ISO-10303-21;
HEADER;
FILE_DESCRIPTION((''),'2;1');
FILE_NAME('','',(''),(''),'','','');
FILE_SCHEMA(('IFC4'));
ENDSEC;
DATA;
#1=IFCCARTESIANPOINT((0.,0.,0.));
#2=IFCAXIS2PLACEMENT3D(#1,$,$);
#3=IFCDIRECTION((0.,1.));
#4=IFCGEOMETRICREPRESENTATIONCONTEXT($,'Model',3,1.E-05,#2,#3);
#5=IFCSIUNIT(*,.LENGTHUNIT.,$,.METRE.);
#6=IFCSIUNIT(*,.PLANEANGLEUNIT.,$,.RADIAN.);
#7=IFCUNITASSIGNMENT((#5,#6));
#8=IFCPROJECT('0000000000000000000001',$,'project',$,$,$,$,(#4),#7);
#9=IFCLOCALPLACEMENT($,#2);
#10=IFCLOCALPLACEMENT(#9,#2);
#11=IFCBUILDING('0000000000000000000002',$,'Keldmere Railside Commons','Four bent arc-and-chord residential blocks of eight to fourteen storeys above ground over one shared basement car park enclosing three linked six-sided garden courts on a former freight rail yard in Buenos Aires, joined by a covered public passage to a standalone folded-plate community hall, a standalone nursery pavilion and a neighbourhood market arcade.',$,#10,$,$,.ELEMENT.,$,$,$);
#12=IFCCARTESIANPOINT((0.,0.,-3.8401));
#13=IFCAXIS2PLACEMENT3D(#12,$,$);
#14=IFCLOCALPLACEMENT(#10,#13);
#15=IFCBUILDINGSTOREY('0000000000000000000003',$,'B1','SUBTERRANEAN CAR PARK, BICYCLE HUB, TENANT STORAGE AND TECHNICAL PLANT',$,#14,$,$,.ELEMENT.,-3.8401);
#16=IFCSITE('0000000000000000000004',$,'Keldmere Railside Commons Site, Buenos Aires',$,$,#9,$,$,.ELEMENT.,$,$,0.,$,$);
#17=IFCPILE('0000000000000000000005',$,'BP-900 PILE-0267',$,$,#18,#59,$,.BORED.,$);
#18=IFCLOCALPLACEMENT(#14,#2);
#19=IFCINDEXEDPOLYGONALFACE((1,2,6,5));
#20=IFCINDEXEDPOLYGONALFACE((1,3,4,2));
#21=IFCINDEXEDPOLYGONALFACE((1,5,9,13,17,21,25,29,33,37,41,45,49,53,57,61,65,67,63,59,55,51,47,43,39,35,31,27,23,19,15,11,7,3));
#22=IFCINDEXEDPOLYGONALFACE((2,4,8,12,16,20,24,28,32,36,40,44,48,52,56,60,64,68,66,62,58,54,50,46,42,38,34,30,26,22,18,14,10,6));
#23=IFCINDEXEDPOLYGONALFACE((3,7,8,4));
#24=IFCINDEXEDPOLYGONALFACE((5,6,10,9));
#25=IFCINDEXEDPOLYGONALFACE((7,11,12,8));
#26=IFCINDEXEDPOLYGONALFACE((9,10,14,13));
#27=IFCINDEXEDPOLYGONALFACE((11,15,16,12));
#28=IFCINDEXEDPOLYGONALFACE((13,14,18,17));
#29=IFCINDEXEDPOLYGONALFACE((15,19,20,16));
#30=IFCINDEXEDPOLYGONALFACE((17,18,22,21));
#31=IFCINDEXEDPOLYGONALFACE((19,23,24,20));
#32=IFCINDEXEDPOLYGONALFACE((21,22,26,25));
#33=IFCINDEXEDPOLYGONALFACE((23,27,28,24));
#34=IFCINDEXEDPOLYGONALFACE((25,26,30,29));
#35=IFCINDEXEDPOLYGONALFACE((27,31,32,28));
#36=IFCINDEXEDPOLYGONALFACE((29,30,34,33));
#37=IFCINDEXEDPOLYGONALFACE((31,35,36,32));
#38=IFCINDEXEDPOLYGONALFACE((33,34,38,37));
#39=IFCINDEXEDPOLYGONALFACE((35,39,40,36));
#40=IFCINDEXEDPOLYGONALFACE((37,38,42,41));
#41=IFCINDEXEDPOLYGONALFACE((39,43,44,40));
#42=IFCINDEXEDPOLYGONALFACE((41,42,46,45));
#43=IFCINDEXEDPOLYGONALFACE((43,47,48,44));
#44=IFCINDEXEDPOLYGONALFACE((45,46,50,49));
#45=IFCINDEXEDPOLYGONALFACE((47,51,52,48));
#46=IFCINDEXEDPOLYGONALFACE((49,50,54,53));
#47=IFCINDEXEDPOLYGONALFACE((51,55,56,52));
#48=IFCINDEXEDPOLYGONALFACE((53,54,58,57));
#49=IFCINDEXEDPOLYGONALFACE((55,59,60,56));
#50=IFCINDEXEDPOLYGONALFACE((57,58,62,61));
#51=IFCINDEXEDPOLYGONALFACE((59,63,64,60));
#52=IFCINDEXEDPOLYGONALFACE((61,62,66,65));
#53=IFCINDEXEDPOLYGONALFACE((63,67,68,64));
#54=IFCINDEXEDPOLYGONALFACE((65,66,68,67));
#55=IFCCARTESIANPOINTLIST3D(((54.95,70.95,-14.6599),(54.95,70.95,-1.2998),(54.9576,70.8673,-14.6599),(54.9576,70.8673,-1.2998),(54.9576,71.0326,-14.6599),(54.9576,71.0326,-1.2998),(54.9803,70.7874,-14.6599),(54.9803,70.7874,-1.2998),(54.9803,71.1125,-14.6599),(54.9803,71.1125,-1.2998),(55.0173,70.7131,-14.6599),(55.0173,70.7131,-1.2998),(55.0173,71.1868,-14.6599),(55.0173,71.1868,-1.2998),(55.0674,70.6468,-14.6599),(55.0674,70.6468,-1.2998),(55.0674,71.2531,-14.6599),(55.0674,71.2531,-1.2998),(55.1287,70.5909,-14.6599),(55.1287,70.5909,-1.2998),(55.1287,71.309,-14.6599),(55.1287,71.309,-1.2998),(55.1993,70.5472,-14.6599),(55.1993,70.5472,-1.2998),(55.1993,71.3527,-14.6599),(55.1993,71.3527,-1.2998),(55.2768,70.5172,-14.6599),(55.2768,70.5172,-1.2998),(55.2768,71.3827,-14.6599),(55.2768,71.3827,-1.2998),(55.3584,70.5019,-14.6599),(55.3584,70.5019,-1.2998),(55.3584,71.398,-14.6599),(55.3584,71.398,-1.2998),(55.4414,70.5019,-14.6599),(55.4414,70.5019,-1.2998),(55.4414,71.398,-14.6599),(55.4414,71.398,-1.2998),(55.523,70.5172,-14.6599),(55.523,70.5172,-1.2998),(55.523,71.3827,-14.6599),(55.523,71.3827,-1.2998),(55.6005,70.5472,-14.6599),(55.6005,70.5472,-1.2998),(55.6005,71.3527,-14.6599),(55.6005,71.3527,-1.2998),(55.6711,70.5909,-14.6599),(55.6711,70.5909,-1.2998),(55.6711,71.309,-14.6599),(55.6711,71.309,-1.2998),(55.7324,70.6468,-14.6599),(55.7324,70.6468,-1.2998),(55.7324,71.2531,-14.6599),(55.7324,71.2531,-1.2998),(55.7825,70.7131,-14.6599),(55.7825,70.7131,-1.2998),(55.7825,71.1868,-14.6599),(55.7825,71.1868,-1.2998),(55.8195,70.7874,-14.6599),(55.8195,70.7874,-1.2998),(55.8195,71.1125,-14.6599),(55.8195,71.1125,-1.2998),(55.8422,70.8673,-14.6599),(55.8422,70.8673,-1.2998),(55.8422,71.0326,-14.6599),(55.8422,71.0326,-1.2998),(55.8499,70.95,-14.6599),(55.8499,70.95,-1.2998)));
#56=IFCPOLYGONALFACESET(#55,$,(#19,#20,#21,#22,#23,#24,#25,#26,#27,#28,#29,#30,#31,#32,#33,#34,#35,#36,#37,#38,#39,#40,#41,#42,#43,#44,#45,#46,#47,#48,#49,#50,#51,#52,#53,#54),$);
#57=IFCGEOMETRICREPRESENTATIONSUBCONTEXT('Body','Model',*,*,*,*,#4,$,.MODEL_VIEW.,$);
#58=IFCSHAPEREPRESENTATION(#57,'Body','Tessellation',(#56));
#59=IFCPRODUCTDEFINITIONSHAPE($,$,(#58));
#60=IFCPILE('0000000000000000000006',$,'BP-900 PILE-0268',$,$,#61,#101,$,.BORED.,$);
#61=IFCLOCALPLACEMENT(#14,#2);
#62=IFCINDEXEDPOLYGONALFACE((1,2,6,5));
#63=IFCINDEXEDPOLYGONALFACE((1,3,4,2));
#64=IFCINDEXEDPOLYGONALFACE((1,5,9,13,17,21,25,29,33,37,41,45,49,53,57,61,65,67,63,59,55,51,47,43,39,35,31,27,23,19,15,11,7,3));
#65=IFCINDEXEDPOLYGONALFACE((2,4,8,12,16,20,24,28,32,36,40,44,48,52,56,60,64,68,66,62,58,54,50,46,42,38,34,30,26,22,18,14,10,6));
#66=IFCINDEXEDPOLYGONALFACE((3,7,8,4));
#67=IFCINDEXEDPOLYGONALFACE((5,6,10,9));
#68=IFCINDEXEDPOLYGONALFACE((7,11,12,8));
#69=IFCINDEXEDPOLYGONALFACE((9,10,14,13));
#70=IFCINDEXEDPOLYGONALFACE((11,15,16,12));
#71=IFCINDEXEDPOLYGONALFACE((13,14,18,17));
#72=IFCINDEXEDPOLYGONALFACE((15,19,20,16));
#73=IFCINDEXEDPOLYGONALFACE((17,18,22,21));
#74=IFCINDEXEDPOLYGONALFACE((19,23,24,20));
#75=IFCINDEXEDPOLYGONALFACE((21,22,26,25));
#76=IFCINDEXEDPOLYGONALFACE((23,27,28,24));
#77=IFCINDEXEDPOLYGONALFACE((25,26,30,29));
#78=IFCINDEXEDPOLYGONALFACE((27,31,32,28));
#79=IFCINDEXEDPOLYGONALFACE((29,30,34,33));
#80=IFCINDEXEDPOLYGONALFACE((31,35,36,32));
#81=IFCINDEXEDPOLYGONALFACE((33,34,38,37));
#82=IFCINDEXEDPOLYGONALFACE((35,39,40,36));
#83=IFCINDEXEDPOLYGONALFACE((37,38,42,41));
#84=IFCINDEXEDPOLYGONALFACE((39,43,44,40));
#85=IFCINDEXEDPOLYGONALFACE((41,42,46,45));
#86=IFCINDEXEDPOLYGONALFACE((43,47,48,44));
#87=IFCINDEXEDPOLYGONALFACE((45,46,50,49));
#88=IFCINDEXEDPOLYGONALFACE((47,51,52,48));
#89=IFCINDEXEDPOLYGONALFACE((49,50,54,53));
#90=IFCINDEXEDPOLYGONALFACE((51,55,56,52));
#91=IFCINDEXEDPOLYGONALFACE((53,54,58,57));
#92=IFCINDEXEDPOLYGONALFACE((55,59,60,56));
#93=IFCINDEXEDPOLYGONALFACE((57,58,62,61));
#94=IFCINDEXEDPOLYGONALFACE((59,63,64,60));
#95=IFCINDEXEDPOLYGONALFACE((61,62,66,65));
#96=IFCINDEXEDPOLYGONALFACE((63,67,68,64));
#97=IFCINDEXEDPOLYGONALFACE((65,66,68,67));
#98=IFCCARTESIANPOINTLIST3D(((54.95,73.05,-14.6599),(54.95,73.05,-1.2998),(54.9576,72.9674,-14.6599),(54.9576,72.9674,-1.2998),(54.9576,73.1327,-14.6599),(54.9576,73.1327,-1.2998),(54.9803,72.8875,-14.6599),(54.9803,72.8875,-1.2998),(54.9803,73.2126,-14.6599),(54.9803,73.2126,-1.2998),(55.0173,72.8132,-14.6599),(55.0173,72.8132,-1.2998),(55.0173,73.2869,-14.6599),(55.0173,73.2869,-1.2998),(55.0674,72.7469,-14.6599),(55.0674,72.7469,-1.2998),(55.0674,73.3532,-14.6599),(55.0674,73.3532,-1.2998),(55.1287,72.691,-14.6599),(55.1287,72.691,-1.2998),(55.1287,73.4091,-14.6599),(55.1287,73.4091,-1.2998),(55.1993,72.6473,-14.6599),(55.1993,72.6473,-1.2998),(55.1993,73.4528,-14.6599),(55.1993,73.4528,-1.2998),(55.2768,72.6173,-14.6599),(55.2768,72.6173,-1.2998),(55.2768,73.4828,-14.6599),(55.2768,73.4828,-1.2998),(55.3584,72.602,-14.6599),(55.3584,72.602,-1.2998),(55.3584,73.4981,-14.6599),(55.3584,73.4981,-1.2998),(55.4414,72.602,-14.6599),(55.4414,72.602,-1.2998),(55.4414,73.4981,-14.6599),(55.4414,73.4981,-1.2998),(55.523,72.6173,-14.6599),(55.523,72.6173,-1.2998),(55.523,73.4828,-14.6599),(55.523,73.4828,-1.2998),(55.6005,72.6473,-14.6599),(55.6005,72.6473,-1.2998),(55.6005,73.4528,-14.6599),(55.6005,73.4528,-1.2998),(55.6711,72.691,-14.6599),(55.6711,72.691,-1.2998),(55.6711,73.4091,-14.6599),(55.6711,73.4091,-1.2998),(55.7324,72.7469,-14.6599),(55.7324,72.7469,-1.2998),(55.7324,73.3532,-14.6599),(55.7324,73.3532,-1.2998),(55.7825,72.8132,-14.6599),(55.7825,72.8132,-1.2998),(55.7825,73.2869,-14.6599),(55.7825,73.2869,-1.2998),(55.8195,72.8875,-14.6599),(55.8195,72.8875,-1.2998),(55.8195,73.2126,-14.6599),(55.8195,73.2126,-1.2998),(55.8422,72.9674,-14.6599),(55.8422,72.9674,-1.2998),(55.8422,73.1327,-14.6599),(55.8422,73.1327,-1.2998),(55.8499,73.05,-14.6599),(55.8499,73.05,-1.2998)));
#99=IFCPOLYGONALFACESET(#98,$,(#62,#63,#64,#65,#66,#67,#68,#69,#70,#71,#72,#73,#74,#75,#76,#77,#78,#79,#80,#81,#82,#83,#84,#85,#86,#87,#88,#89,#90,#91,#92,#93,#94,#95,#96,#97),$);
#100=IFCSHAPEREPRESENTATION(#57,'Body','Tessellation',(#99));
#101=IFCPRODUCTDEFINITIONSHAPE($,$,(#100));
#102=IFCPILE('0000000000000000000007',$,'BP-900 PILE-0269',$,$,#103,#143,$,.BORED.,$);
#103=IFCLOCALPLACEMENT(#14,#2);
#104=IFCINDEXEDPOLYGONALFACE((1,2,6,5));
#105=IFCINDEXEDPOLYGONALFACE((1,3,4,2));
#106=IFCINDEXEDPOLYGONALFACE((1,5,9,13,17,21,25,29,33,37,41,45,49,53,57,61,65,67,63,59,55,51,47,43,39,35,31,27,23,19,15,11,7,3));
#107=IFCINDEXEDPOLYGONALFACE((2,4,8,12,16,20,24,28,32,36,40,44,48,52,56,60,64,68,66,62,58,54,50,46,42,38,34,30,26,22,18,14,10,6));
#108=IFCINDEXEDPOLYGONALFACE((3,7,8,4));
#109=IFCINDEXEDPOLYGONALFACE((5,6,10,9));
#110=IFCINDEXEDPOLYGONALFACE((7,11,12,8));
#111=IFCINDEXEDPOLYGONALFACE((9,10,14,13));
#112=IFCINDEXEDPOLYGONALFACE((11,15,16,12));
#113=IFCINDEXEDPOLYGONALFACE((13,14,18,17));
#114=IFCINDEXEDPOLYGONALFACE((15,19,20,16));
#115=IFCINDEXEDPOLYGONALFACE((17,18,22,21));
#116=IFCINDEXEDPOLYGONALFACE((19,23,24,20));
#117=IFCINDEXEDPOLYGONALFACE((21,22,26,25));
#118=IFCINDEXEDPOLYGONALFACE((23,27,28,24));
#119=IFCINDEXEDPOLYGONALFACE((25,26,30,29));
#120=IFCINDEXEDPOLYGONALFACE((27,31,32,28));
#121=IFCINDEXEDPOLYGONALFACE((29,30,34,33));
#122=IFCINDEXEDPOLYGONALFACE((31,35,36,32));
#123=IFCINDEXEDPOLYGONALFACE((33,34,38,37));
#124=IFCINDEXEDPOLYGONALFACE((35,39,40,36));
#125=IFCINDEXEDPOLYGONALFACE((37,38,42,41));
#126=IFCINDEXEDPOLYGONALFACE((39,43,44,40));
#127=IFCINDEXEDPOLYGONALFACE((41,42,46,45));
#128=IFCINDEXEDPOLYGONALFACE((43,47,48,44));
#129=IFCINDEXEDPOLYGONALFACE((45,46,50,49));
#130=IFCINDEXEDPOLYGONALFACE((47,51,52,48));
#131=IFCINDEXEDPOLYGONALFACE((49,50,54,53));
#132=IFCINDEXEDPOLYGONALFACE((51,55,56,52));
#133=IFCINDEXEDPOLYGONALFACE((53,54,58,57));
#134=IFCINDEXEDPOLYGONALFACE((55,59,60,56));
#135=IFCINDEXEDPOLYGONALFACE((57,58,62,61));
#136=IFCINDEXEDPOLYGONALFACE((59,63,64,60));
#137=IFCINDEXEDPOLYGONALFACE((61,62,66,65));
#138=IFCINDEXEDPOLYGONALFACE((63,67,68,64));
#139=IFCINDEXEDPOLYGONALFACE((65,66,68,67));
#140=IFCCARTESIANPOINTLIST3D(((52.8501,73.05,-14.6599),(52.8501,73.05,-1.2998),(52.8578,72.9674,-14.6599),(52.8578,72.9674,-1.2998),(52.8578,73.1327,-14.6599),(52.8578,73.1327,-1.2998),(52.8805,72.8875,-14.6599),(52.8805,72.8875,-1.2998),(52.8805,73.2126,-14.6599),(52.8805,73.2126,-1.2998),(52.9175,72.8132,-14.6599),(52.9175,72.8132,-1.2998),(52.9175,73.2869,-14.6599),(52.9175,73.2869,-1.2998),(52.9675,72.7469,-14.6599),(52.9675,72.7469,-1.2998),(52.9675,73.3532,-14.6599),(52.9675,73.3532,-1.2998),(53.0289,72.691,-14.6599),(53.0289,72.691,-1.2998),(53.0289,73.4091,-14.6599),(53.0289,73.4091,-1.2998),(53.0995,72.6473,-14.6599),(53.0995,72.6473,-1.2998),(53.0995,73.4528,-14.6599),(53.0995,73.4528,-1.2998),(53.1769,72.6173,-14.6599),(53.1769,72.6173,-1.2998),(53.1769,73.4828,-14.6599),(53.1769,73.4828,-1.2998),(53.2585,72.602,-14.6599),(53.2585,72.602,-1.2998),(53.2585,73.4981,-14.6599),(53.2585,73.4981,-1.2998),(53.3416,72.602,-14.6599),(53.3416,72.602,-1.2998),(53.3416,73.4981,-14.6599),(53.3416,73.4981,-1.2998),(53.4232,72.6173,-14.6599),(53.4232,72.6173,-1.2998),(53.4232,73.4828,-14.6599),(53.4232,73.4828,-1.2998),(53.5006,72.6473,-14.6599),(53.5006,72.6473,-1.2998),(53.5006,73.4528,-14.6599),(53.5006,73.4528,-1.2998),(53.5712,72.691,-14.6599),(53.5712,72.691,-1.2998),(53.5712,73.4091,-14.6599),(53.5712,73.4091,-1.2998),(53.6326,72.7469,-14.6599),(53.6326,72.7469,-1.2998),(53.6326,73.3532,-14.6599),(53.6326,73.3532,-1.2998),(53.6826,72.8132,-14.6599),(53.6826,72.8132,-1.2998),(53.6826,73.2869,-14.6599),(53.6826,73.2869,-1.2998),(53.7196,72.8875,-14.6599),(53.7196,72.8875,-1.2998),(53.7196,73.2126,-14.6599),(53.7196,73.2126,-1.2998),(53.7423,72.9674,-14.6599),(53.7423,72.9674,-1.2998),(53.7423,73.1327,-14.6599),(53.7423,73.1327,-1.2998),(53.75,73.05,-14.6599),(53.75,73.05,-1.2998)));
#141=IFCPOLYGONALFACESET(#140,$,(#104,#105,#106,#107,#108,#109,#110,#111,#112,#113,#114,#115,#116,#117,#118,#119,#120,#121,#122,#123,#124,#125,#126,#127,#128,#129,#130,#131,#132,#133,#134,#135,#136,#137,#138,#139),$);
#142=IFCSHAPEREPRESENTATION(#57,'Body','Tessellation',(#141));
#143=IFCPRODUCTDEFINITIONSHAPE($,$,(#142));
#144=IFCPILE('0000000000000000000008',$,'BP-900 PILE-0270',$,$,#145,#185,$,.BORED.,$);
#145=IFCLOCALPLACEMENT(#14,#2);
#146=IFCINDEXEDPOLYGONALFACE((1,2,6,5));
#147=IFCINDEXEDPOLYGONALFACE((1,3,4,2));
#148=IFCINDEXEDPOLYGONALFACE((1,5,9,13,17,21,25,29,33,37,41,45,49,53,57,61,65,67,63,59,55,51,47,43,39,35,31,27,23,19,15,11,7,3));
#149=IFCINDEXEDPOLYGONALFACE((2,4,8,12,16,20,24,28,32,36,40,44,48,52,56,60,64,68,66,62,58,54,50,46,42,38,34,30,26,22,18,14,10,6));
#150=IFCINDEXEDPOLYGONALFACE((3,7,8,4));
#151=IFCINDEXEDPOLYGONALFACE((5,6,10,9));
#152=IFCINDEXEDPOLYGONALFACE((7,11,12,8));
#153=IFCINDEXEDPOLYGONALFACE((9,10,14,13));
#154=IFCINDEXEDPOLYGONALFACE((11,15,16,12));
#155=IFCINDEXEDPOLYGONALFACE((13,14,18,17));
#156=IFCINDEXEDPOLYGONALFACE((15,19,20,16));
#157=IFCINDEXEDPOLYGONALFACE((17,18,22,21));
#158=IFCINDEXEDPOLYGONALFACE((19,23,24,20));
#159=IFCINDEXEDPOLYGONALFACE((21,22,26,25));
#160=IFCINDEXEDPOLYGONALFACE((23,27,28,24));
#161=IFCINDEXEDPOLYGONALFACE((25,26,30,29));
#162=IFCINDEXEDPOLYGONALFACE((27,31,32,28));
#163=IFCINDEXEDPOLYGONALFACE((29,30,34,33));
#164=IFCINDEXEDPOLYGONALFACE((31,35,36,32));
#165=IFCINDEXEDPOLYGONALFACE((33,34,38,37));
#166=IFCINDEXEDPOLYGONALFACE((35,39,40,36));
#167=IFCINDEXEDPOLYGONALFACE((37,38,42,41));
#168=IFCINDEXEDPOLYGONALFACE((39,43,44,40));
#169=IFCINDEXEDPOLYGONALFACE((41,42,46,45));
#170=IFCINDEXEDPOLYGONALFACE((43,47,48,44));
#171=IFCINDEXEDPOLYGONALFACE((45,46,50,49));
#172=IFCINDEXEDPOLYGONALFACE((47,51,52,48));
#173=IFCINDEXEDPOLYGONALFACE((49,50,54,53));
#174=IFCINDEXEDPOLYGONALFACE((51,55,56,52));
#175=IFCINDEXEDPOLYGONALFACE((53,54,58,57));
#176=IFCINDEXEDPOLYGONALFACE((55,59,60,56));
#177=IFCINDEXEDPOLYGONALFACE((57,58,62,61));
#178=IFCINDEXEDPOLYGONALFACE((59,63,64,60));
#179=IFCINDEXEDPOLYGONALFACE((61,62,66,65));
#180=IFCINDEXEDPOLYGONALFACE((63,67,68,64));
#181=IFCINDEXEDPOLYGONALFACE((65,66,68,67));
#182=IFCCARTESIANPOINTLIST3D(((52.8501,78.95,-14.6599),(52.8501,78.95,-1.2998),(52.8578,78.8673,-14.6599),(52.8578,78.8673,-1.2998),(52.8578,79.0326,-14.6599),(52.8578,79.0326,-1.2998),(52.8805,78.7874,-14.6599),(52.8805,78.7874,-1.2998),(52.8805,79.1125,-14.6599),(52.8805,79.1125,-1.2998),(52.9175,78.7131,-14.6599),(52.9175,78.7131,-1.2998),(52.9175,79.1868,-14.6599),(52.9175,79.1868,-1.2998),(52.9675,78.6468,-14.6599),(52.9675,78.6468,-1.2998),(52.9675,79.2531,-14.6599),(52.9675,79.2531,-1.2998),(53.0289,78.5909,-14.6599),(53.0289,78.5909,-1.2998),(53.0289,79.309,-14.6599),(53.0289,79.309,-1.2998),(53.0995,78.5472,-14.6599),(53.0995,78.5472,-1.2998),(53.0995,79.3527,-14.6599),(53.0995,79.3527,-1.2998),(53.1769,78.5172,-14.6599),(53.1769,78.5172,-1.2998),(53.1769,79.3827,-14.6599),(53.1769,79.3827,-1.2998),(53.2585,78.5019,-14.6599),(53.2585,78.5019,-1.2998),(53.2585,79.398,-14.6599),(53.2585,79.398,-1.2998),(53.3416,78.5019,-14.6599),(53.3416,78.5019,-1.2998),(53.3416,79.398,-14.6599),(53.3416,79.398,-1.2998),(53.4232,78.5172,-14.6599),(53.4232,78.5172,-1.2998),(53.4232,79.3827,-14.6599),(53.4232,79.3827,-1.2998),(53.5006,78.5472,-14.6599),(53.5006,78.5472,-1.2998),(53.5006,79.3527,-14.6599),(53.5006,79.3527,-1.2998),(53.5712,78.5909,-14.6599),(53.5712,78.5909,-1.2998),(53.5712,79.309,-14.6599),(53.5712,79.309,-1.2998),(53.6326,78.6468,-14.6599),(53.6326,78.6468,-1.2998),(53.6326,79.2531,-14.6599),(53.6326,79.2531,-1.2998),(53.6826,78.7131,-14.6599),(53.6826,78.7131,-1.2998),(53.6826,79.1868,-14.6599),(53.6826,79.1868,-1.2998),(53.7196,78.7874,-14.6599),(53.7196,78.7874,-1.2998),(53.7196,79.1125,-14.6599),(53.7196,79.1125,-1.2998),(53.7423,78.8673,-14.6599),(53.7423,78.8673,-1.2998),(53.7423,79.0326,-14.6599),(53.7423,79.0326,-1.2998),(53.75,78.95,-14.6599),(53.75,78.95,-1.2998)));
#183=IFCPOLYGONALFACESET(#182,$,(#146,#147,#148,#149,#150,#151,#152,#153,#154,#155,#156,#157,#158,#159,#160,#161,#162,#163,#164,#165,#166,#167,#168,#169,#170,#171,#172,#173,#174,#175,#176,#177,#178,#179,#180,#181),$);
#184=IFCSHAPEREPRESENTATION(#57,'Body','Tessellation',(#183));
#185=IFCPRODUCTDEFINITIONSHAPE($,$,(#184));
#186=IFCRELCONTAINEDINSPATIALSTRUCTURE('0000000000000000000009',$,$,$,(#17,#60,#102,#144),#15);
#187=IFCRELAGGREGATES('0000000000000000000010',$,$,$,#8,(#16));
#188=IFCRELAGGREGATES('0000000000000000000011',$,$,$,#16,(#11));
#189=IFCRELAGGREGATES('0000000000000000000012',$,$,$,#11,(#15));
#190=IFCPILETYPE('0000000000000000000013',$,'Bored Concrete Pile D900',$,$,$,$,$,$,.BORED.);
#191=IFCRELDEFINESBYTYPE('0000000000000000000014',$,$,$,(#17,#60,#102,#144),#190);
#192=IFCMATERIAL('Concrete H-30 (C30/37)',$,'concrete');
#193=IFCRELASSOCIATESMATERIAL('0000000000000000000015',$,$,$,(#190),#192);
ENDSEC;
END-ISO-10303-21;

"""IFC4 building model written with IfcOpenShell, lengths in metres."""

from ifc_helpers import new_model, si_unit, direction, frame, origin, origin_2d, place, context, subcontext, project, spatial, circle, extrude, material, material_profile, profile_set, type_object, element, save


model = new_model("IFC4")

# Units and contexts
model_context = context("Model", 3, precision=1e-05, world=origin(), true_north=direction((0.0, 1.0)))
body_context = subcontext(model_context, "Body", "Model", "MODEL_VIEW")
ifc_project = project(units=[si_unit("LENGTHUNIT", "METRE"), si_unit("PLANEANGLEUNIT", "RADIAN")], contexts=[model_context])

# Site, building, storey
site_placement = place(None, origin())
site = spatial("IfcSite", under=ifc_project, at=site_placement, Name="Keldmere Railside Commons Site, Buenos Aires", CompositionType="ELEMENT", RefElevation=0.0)
building_placement = place(site_placement, origin())
building = spatial("IfcBuilding", under=site, at=building_placement, Name="Keldmere Railside Commons", Description="Four bent arc-and-chord residential blocks of eight to fourteen storeys above ground over one shared basement car park enclosing three linked six-sided garden courts on a former freight rail yard in Buenos Aires, joined by a covered public passage to a standalone folded-plate community hall, a standalone nursery pavilion and a neighbourhood market arcade.", CompositionType="ELEMENT")
storey_placement = place(building_placement, frame((0.0, 0.0, -3.8401)))
storey = spatial("IfcBuildingStorey", under=building, at=storey_placement, Name="B1", Description="SUBTERRANEAN CAR PARK, BICYCLE HUB, TENANT STORAGE AND TECHNICAL PLANT", CompositionType="ELEMENT", Elevation=-3.8401)

# Piles
ifc_material_1 = material(Name="Concrete H-30 (C30/37)", Category="concrete")
ifc_material_profile_1 = material_profile(ifc_material_1, circle(Radius=0.45, at=origin_2d()), Name="PILE-D900")
ifc_profile_set_1 = profile_set([ifc_material_profile_1], Name="Concrete H-30 (C30/37)")
pile_type = type_object("IfcPileType", Name="Bored Concrete Pile D900", PredefinedType="BORED", material=ifc_profile_set_1)
for number, where, z_axis, x_axis, name in (
    (1, (55.3999, 70.95, -1.2998), (0.0, 0.0, -1.0), (1.0, 0.0, 0.0), "BP-900 PILE-0267"),
    (2, (55.3999, 73.05, -1.2998), (0.0, 0.0, -1.0), (1.0, 0.0, 0.0), "BP-900 PILE-0268"),
    (3, (53.3, 73.05, -1.2998), (0.0, 0.0, -1.0), (1.0, 0.0, 0.0), "BP-900 PILE-0269"),
    (4, (53.3, 78.95, -1.2998), (0.0, 0.0, -1.0), (1.0, 0.0, 0.0), "BP-900 PILE-0270"),
):
    element("IfcPile", number, at=place(storey_placement, frame(where, z_axis=z_axis, x_axis=x_axis)), inside=storey, type_object=pile_type, Name=name, PredefinedType="BORED", context=body_context, shape_type="SweptSolid", body=[
        extrude(circle(Radius=0.45, at=origin_2d()), origin(), (0.0, 0.0, 1.0), 13.3601),
    ])

save(model, "model.ifc")
